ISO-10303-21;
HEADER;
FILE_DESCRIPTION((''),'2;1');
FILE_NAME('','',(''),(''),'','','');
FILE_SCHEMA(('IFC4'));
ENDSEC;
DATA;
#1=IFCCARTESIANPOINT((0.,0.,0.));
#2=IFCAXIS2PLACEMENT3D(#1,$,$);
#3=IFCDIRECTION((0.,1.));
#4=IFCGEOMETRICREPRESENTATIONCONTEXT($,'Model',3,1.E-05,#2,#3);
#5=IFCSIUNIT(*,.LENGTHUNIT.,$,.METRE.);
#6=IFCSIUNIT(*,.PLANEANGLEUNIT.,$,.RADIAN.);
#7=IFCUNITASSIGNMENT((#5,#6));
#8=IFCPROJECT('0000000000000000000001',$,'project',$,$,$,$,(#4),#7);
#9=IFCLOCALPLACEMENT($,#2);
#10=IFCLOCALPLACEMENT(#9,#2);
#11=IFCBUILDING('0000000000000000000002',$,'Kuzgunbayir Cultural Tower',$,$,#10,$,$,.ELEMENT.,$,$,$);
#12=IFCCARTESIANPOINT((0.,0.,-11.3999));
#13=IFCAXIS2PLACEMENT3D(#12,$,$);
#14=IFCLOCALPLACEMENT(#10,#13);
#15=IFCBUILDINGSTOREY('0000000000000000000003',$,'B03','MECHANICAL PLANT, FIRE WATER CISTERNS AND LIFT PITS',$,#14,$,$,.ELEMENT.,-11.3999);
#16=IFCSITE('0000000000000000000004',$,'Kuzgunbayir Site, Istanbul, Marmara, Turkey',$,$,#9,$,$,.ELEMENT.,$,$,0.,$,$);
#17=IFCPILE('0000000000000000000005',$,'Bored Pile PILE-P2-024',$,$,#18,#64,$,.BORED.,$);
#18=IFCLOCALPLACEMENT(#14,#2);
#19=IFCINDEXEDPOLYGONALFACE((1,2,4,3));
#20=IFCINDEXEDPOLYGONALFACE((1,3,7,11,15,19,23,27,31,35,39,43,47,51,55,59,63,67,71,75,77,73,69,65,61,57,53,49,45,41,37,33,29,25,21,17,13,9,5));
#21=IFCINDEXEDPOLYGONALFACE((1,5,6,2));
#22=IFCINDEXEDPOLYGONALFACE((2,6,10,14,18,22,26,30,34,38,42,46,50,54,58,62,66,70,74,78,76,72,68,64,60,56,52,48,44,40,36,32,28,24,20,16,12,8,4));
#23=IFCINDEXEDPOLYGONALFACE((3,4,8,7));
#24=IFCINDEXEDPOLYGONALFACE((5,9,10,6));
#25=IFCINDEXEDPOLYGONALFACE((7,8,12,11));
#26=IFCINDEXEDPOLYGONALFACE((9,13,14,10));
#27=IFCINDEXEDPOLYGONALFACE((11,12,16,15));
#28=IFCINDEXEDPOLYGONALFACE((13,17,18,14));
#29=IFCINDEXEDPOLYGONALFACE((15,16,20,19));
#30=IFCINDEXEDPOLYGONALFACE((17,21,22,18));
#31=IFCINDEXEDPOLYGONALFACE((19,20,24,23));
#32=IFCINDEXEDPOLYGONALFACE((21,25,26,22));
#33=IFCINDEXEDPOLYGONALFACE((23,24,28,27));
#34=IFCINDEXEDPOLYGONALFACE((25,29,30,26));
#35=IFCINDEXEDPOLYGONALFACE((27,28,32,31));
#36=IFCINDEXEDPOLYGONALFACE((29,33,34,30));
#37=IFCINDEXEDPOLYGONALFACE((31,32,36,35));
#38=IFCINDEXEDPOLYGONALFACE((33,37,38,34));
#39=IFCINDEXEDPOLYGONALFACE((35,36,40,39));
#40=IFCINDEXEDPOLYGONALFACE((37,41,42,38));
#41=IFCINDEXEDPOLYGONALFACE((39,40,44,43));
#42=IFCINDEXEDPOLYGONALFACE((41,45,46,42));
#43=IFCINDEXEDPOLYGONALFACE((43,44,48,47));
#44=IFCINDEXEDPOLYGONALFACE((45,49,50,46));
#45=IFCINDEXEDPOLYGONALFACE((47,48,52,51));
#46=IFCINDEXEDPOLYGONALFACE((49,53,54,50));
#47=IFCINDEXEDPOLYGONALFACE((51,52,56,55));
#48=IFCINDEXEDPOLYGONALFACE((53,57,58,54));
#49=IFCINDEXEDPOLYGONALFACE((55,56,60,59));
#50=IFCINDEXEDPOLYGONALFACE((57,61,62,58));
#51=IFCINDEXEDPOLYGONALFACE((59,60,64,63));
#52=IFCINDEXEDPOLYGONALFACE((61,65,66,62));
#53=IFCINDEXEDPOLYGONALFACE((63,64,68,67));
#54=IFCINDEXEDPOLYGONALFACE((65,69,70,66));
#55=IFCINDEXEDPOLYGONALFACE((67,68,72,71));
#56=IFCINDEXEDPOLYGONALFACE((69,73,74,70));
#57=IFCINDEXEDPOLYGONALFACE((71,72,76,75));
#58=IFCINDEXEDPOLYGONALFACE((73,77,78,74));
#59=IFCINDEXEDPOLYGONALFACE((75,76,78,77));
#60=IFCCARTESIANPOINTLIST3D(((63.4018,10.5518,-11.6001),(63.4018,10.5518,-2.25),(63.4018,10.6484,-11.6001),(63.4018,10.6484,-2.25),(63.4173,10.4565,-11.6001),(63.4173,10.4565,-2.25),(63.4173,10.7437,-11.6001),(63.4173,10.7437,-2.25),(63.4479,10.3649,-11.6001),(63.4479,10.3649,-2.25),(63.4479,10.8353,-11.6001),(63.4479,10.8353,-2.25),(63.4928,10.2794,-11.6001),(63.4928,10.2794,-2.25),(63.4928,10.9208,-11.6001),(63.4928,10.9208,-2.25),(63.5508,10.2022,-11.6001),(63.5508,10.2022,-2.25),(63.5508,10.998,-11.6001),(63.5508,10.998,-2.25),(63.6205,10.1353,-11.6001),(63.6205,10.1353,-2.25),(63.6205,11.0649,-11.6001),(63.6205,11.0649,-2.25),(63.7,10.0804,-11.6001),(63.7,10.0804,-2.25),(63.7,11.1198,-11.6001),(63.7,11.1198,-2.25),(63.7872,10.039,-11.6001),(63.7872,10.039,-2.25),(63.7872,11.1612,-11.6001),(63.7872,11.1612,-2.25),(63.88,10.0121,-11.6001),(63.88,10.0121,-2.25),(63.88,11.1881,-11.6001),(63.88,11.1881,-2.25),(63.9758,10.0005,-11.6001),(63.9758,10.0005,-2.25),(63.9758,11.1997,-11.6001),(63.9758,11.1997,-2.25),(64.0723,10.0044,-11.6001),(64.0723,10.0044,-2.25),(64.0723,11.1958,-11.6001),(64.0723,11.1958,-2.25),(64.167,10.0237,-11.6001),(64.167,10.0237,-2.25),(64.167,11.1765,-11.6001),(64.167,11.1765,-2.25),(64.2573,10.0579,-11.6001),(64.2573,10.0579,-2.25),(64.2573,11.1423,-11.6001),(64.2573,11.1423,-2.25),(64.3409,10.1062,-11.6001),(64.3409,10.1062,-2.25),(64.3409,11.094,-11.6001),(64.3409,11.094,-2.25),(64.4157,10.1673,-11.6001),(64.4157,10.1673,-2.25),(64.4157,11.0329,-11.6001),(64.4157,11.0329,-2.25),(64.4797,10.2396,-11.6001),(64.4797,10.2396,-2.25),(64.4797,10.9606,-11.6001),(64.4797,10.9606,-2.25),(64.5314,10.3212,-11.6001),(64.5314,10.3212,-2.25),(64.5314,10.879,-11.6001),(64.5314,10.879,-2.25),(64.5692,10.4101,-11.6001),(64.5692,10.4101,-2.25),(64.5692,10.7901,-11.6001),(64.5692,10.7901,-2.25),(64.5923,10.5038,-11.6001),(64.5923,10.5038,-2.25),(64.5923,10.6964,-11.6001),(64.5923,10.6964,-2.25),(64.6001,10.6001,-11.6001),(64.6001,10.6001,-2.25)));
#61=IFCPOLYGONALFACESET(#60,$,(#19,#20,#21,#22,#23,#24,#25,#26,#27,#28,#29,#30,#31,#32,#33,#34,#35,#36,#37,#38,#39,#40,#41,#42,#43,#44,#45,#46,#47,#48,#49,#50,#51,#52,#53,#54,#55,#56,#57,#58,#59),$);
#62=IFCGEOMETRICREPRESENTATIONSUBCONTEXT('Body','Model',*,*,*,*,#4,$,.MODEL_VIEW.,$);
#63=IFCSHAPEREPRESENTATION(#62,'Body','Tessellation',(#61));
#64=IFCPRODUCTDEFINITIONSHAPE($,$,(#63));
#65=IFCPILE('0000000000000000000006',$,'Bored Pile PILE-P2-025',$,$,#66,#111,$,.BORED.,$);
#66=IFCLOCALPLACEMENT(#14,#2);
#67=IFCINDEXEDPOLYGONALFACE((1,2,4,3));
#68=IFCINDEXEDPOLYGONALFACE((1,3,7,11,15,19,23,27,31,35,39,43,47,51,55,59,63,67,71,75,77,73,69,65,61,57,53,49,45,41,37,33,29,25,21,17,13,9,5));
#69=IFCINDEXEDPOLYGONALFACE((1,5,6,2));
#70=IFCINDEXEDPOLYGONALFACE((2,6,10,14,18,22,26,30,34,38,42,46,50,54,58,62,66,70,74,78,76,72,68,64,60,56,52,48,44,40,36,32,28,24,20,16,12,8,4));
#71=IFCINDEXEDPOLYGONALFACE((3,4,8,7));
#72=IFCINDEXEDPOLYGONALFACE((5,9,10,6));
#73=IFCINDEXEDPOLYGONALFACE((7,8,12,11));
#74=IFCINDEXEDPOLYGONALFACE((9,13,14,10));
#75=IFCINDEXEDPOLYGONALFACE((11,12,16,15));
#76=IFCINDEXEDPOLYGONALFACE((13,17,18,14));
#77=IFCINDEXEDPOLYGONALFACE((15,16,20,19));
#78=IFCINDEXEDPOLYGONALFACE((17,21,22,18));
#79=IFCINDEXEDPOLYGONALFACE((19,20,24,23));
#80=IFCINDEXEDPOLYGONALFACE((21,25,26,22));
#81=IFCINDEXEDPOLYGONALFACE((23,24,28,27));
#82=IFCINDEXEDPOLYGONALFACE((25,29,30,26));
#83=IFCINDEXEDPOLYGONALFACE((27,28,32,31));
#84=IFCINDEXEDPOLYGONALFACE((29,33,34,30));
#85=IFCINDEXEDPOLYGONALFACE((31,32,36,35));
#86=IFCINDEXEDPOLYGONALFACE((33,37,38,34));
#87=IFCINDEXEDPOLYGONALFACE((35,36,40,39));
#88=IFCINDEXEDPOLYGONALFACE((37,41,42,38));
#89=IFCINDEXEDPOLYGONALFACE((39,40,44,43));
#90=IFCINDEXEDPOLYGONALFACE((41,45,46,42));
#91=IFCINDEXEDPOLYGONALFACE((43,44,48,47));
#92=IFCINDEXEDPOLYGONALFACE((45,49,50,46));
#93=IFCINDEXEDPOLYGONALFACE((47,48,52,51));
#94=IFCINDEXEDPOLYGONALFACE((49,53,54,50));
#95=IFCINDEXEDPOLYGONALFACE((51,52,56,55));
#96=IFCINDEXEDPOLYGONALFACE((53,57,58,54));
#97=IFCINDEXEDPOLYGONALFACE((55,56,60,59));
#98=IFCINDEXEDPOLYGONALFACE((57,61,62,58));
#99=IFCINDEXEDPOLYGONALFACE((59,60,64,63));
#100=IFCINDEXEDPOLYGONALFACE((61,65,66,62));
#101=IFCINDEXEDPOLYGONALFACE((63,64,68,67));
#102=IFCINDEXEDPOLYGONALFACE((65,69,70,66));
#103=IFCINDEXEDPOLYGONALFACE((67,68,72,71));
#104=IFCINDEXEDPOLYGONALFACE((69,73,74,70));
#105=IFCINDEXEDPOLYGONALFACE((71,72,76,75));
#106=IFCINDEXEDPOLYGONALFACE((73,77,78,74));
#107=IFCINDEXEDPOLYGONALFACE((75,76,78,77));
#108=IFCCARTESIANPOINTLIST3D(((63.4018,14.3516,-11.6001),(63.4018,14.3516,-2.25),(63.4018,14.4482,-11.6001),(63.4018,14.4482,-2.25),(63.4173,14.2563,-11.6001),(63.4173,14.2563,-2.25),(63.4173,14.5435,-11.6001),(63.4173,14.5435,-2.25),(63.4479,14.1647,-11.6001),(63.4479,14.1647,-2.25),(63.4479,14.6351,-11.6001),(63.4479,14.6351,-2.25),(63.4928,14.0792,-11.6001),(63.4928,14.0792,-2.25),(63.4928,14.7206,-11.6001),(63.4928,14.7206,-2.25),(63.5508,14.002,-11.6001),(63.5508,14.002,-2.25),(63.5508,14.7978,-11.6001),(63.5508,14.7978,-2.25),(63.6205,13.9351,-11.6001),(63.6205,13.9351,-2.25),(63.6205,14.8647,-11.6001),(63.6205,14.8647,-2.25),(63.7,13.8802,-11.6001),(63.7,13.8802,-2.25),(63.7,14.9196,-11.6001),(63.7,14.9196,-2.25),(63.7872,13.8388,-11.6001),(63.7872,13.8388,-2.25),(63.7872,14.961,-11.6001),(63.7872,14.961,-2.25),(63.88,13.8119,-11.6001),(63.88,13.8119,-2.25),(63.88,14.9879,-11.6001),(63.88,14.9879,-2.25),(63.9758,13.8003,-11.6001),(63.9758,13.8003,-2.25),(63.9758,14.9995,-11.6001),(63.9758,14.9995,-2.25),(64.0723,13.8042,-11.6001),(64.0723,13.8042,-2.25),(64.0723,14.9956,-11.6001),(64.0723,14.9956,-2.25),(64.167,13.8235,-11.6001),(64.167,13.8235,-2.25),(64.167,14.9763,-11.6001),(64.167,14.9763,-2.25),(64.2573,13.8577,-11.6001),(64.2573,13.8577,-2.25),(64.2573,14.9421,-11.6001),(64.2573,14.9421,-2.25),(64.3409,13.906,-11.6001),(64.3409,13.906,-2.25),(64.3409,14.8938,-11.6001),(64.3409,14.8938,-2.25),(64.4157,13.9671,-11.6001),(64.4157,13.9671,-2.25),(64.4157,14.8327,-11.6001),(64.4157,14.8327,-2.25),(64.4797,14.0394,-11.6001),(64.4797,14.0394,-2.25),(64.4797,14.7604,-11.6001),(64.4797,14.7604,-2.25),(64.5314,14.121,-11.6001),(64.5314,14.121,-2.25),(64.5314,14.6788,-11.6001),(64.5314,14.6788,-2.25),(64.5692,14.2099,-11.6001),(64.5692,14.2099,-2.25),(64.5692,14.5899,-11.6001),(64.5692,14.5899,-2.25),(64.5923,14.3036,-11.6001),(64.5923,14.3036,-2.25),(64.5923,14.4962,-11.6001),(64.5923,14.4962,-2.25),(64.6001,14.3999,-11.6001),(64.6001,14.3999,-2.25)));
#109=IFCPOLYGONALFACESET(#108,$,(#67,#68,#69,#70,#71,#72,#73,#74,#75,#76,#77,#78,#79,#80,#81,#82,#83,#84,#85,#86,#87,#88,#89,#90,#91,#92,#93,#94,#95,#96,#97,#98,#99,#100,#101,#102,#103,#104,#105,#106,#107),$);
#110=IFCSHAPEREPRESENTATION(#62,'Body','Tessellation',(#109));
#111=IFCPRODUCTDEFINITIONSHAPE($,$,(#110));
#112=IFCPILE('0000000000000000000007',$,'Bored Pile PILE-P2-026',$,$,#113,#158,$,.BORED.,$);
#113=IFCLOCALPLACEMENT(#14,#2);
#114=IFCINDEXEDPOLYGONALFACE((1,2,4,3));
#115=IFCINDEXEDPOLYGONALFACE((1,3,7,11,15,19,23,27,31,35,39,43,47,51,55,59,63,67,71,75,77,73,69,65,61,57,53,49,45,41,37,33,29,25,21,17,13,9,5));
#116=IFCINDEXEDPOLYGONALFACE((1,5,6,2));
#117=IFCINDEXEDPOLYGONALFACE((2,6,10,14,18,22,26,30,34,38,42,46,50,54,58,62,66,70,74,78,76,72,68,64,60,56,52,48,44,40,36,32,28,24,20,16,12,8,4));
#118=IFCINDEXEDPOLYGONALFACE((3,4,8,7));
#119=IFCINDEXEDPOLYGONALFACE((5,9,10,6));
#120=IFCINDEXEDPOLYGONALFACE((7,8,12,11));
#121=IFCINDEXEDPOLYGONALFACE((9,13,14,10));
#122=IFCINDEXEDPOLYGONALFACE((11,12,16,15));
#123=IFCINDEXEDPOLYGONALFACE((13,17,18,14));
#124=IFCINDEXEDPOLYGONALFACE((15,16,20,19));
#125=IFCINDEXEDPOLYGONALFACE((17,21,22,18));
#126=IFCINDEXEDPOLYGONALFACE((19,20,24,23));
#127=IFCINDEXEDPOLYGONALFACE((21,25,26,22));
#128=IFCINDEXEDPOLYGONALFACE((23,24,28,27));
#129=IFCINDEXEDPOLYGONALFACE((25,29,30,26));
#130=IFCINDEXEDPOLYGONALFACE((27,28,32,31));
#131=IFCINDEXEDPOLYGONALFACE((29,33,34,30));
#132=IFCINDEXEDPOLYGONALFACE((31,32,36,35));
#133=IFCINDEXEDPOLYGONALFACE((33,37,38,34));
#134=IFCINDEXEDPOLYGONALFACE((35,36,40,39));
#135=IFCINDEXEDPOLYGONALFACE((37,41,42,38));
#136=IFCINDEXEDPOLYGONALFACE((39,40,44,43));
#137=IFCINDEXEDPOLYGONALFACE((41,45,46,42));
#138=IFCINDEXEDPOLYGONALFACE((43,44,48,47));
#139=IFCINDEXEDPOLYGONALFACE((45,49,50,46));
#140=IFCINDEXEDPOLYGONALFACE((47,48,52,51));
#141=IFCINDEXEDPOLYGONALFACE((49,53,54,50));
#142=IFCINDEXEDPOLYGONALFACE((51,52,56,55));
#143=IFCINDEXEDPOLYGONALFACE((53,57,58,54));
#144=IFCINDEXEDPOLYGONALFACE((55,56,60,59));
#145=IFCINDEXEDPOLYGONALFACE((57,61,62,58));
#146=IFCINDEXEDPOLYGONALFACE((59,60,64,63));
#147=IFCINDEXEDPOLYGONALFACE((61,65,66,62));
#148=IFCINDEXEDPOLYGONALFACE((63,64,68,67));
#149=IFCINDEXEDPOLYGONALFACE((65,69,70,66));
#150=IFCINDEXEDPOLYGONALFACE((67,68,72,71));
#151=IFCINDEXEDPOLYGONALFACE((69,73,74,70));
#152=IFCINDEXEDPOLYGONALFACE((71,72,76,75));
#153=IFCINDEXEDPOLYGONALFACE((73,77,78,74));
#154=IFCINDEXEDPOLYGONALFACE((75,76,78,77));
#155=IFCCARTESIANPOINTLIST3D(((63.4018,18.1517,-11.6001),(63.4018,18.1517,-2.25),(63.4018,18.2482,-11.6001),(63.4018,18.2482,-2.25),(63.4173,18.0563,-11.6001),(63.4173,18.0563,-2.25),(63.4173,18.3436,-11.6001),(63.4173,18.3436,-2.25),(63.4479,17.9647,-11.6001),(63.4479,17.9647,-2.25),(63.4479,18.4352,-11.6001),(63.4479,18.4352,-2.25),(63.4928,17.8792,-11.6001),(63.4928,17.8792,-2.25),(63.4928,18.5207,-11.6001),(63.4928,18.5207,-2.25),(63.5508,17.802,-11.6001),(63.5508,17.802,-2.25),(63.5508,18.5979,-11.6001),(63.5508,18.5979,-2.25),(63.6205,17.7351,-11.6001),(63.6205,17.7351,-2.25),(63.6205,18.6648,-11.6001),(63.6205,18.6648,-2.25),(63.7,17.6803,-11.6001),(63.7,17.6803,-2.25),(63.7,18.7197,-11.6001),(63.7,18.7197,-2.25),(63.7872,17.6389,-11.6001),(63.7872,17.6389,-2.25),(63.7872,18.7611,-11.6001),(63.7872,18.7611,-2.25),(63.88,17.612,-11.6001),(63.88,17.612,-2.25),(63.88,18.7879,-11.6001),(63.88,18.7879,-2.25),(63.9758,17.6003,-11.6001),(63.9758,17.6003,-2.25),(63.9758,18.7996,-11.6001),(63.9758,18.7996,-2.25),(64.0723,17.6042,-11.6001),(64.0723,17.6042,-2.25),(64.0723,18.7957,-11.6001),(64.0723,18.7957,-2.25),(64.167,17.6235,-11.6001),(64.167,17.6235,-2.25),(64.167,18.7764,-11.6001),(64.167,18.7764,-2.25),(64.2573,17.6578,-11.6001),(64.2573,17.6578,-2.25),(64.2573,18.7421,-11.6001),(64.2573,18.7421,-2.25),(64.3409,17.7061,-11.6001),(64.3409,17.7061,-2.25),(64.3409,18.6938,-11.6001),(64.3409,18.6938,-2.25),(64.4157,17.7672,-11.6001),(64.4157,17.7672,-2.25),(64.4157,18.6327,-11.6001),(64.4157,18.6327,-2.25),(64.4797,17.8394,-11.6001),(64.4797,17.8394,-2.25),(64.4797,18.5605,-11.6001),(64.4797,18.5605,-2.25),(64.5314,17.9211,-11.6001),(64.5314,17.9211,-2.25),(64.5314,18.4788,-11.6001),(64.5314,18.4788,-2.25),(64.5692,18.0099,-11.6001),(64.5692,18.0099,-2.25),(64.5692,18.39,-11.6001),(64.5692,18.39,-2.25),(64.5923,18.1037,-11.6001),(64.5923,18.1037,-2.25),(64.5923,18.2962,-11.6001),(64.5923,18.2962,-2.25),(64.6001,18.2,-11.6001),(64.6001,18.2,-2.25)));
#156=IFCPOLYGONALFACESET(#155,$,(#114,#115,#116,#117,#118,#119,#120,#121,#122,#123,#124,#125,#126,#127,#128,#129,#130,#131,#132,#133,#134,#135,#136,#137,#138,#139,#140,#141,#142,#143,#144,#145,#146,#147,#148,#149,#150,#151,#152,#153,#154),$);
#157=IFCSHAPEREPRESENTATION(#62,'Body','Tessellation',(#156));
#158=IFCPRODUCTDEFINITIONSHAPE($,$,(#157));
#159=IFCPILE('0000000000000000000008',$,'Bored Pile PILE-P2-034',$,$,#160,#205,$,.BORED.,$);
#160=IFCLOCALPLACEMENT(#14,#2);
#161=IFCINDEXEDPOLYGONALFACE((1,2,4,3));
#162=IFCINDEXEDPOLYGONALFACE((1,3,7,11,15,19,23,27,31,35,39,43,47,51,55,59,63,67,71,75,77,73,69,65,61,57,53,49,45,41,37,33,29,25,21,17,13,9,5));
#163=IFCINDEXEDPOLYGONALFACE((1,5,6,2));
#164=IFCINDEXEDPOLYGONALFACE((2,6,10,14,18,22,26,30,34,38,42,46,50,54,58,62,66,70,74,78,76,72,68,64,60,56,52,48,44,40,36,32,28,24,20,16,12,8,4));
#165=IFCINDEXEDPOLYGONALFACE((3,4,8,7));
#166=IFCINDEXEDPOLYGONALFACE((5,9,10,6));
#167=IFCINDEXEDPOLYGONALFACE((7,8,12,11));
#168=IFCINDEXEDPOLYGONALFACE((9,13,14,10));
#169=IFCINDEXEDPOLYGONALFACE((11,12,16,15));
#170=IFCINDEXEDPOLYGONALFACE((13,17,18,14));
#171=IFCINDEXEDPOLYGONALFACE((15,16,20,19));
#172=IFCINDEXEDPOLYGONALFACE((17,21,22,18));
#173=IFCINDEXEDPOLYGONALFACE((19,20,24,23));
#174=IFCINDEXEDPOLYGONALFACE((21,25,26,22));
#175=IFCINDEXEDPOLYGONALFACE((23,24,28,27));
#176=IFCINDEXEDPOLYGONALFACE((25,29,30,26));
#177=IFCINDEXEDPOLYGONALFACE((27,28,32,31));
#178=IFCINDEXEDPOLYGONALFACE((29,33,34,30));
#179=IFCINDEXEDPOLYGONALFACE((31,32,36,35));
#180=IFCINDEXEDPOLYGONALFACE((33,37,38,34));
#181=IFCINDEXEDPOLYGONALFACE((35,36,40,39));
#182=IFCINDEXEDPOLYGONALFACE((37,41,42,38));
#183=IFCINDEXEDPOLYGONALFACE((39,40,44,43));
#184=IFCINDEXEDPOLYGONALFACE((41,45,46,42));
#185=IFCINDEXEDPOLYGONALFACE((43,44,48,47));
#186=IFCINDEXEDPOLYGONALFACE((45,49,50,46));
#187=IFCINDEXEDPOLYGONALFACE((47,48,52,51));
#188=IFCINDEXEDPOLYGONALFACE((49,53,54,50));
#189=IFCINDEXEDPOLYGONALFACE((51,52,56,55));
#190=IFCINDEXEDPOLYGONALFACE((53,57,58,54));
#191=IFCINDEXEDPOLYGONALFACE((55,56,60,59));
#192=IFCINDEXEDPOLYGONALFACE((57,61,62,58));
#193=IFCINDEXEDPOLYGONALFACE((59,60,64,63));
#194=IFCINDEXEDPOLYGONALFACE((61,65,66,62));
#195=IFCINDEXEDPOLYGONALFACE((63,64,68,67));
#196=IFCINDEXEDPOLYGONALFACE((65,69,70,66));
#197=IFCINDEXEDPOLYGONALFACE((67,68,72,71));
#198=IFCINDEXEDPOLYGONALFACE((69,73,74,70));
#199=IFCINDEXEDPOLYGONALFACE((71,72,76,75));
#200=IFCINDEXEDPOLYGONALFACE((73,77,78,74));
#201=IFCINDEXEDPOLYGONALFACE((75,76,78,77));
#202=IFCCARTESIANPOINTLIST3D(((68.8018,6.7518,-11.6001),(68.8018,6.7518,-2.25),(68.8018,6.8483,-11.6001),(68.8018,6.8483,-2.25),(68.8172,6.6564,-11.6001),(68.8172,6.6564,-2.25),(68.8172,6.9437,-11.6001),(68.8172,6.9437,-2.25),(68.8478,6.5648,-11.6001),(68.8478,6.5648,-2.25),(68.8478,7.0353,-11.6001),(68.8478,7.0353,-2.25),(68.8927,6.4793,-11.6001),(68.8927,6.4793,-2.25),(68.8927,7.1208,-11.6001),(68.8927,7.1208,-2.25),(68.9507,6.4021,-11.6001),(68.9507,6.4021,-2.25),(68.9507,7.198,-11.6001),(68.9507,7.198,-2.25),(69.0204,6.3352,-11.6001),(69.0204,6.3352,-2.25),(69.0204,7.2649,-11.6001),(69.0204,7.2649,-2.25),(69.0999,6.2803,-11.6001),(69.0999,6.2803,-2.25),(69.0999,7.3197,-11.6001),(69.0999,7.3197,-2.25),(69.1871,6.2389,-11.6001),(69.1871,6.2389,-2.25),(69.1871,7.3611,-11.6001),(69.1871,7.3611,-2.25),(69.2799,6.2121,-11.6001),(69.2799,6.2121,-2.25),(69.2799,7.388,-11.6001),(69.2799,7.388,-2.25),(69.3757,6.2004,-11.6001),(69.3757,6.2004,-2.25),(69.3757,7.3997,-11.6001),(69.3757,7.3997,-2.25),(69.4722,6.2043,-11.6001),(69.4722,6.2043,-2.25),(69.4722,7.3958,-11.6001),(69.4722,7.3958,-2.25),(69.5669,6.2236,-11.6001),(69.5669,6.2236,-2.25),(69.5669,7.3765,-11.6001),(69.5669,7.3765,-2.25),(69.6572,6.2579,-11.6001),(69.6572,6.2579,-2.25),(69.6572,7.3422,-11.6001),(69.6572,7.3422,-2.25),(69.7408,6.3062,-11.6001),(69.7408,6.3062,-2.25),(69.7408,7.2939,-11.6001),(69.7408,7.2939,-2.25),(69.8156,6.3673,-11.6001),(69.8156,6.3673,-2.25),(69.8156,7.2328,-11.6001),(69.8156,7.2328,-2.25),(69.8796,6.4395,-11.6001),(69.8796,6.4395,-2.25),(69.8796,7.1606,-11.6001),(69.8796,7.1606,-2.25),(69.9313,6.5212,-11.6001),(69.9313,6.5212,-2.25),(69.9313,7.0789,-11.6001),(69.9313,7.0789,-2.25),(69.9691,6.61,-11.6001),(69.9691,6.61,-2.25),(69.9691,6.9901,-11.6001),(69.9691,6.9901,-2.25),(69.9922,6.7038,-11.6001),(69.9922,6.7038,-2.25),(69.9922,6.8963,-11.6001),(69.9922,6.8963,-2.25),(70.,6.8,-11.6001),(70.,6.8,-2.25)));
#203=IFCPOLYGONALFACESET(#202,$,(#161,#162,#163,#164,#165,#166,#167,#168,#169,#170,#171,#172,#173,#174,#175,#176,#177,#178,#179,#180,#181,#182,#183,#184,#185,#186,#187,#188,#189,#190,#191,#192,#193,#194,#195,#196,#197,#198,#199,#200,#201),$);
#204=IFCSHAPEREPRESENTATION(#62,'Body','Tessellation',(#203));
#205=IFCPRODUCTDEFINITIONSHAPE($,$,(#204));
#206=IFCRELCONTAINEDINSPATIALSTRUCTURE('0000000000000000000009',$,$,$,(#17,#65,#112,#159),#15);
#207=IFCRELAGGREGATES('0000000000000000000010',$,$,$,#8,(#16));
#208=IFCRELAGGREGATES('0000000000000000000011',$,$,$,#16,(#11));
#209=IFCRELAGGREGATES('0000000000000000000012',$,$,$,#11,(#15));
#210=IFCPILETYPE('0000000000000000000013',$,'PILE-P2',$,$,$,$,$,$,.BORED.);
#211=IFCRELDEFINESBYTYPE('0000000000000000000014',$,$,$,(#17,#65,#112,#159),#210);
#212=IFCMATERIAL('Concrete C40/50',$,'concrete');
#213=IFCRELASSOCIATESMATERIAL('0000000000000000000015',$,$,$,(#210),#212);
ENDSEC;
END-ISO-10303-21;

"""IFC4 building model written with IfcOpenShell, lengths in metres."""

from ifc_helpers import new_model, si_unit, direction, frame, origin, origin_2d, place, context, subcontext, project, spatial, circle, extrude, material, material_profile, profile_set, type_object, element, save


model = new_model("IFC4")

# Units and contexts
model_context = context("Model", 3, precision=1e-05, world=origin(), true_north=direction((0.0, 1.0)))
body_context = subcontext(model_context, "Body", "Model", "MODEL_VIEW")
ifc_project = project(units=[si_unit("LENGTHUNIT", "METRE"), si_unit("PLANEANGLEUNIT", "RADIAN")], contexts=[model_context])

# Site, building, storey
site_placement = place(None, origin())
site = spatial("IfcSite", under=ifc_project, at=site_placement, Name="Kuzgunbayir Site, Istanbul, Marmara, Turkey", CompositionType="ELEMENT", RefElevation=0.0)
building_placement = place(site_placement, origin())
building = spatial("IfcBuilding", under=site, at=building_placement, Name="Kuzgunbayir Cultural Tower", CompositionType="ELEMENT")
storey_placement = place(building_placement, frame((0.0, 0.0, -11.3999)))
storey = spatial("IfcBuildingStorey", under=building, at=storey_placement, Name="B03", Description="MECHANICAL PLANT, FIRE WATER CISTERNS AND LIFT PITS", CompositionType="ELEMENT", Elevation=-11.3999)

# Piles
ifc_material_1 = material(Name="Concrete C40/50", Category="concrete")
ifc_material_profile_1 = material_profile(ifc_material_1, circle(Radius=0.6001, at=origin_2d()), Name="BORED PILE 1200")
ifc_profile_set_1 = profile_set([ifc_material_profile_1], Name="Concrete C40/50")
pile_type_1 = type_object("IfcPileType", Name="PILE-P2", PredefinedType="BORED", material=ifc_profile_set_1)
for number, where, z_axis, x_axis, name in (
    (1, (64.0, 10.6001, -2.25), (0.0, 0.0, -1.0), (1.0, 0.0, 0.0), "Bored Pile PILE-P2-024"),
    (2, (64.0, 14.3999, -2.25), (0.0, 0.0, -1.0), (1.0, 0.0, 0.0), "Bored Pile PILE-P2-025"),
    (3, (64.0, 18.2, -2.25), (0.0, 0.0, -1.0), (1.0, 0.0, 0.0), "Bored Pile PILE-P2-026"),
    (4, (69.3999, 6.8, -2.25), (0.0, 0.0, -1.0), (1.0, 0.0, 0.0), "Bored Pile PILE-P2-034"),
):
    element("IfcPile", number, at=place(storey_placement, frame(where, z_axis=z_axis, x_axis=x_axis)), inside=storey, type_object=pile_type_1, Name=name, PredefinedType="BORED", context=body_context, shape_type="SweptSolid", body=[
        extrude(circle(Radius=0.6001, at=origin_2d()), origin(), (0.0, 0.0, 1.0), 9.3501),
    ])

save(model, "model.ifc")
